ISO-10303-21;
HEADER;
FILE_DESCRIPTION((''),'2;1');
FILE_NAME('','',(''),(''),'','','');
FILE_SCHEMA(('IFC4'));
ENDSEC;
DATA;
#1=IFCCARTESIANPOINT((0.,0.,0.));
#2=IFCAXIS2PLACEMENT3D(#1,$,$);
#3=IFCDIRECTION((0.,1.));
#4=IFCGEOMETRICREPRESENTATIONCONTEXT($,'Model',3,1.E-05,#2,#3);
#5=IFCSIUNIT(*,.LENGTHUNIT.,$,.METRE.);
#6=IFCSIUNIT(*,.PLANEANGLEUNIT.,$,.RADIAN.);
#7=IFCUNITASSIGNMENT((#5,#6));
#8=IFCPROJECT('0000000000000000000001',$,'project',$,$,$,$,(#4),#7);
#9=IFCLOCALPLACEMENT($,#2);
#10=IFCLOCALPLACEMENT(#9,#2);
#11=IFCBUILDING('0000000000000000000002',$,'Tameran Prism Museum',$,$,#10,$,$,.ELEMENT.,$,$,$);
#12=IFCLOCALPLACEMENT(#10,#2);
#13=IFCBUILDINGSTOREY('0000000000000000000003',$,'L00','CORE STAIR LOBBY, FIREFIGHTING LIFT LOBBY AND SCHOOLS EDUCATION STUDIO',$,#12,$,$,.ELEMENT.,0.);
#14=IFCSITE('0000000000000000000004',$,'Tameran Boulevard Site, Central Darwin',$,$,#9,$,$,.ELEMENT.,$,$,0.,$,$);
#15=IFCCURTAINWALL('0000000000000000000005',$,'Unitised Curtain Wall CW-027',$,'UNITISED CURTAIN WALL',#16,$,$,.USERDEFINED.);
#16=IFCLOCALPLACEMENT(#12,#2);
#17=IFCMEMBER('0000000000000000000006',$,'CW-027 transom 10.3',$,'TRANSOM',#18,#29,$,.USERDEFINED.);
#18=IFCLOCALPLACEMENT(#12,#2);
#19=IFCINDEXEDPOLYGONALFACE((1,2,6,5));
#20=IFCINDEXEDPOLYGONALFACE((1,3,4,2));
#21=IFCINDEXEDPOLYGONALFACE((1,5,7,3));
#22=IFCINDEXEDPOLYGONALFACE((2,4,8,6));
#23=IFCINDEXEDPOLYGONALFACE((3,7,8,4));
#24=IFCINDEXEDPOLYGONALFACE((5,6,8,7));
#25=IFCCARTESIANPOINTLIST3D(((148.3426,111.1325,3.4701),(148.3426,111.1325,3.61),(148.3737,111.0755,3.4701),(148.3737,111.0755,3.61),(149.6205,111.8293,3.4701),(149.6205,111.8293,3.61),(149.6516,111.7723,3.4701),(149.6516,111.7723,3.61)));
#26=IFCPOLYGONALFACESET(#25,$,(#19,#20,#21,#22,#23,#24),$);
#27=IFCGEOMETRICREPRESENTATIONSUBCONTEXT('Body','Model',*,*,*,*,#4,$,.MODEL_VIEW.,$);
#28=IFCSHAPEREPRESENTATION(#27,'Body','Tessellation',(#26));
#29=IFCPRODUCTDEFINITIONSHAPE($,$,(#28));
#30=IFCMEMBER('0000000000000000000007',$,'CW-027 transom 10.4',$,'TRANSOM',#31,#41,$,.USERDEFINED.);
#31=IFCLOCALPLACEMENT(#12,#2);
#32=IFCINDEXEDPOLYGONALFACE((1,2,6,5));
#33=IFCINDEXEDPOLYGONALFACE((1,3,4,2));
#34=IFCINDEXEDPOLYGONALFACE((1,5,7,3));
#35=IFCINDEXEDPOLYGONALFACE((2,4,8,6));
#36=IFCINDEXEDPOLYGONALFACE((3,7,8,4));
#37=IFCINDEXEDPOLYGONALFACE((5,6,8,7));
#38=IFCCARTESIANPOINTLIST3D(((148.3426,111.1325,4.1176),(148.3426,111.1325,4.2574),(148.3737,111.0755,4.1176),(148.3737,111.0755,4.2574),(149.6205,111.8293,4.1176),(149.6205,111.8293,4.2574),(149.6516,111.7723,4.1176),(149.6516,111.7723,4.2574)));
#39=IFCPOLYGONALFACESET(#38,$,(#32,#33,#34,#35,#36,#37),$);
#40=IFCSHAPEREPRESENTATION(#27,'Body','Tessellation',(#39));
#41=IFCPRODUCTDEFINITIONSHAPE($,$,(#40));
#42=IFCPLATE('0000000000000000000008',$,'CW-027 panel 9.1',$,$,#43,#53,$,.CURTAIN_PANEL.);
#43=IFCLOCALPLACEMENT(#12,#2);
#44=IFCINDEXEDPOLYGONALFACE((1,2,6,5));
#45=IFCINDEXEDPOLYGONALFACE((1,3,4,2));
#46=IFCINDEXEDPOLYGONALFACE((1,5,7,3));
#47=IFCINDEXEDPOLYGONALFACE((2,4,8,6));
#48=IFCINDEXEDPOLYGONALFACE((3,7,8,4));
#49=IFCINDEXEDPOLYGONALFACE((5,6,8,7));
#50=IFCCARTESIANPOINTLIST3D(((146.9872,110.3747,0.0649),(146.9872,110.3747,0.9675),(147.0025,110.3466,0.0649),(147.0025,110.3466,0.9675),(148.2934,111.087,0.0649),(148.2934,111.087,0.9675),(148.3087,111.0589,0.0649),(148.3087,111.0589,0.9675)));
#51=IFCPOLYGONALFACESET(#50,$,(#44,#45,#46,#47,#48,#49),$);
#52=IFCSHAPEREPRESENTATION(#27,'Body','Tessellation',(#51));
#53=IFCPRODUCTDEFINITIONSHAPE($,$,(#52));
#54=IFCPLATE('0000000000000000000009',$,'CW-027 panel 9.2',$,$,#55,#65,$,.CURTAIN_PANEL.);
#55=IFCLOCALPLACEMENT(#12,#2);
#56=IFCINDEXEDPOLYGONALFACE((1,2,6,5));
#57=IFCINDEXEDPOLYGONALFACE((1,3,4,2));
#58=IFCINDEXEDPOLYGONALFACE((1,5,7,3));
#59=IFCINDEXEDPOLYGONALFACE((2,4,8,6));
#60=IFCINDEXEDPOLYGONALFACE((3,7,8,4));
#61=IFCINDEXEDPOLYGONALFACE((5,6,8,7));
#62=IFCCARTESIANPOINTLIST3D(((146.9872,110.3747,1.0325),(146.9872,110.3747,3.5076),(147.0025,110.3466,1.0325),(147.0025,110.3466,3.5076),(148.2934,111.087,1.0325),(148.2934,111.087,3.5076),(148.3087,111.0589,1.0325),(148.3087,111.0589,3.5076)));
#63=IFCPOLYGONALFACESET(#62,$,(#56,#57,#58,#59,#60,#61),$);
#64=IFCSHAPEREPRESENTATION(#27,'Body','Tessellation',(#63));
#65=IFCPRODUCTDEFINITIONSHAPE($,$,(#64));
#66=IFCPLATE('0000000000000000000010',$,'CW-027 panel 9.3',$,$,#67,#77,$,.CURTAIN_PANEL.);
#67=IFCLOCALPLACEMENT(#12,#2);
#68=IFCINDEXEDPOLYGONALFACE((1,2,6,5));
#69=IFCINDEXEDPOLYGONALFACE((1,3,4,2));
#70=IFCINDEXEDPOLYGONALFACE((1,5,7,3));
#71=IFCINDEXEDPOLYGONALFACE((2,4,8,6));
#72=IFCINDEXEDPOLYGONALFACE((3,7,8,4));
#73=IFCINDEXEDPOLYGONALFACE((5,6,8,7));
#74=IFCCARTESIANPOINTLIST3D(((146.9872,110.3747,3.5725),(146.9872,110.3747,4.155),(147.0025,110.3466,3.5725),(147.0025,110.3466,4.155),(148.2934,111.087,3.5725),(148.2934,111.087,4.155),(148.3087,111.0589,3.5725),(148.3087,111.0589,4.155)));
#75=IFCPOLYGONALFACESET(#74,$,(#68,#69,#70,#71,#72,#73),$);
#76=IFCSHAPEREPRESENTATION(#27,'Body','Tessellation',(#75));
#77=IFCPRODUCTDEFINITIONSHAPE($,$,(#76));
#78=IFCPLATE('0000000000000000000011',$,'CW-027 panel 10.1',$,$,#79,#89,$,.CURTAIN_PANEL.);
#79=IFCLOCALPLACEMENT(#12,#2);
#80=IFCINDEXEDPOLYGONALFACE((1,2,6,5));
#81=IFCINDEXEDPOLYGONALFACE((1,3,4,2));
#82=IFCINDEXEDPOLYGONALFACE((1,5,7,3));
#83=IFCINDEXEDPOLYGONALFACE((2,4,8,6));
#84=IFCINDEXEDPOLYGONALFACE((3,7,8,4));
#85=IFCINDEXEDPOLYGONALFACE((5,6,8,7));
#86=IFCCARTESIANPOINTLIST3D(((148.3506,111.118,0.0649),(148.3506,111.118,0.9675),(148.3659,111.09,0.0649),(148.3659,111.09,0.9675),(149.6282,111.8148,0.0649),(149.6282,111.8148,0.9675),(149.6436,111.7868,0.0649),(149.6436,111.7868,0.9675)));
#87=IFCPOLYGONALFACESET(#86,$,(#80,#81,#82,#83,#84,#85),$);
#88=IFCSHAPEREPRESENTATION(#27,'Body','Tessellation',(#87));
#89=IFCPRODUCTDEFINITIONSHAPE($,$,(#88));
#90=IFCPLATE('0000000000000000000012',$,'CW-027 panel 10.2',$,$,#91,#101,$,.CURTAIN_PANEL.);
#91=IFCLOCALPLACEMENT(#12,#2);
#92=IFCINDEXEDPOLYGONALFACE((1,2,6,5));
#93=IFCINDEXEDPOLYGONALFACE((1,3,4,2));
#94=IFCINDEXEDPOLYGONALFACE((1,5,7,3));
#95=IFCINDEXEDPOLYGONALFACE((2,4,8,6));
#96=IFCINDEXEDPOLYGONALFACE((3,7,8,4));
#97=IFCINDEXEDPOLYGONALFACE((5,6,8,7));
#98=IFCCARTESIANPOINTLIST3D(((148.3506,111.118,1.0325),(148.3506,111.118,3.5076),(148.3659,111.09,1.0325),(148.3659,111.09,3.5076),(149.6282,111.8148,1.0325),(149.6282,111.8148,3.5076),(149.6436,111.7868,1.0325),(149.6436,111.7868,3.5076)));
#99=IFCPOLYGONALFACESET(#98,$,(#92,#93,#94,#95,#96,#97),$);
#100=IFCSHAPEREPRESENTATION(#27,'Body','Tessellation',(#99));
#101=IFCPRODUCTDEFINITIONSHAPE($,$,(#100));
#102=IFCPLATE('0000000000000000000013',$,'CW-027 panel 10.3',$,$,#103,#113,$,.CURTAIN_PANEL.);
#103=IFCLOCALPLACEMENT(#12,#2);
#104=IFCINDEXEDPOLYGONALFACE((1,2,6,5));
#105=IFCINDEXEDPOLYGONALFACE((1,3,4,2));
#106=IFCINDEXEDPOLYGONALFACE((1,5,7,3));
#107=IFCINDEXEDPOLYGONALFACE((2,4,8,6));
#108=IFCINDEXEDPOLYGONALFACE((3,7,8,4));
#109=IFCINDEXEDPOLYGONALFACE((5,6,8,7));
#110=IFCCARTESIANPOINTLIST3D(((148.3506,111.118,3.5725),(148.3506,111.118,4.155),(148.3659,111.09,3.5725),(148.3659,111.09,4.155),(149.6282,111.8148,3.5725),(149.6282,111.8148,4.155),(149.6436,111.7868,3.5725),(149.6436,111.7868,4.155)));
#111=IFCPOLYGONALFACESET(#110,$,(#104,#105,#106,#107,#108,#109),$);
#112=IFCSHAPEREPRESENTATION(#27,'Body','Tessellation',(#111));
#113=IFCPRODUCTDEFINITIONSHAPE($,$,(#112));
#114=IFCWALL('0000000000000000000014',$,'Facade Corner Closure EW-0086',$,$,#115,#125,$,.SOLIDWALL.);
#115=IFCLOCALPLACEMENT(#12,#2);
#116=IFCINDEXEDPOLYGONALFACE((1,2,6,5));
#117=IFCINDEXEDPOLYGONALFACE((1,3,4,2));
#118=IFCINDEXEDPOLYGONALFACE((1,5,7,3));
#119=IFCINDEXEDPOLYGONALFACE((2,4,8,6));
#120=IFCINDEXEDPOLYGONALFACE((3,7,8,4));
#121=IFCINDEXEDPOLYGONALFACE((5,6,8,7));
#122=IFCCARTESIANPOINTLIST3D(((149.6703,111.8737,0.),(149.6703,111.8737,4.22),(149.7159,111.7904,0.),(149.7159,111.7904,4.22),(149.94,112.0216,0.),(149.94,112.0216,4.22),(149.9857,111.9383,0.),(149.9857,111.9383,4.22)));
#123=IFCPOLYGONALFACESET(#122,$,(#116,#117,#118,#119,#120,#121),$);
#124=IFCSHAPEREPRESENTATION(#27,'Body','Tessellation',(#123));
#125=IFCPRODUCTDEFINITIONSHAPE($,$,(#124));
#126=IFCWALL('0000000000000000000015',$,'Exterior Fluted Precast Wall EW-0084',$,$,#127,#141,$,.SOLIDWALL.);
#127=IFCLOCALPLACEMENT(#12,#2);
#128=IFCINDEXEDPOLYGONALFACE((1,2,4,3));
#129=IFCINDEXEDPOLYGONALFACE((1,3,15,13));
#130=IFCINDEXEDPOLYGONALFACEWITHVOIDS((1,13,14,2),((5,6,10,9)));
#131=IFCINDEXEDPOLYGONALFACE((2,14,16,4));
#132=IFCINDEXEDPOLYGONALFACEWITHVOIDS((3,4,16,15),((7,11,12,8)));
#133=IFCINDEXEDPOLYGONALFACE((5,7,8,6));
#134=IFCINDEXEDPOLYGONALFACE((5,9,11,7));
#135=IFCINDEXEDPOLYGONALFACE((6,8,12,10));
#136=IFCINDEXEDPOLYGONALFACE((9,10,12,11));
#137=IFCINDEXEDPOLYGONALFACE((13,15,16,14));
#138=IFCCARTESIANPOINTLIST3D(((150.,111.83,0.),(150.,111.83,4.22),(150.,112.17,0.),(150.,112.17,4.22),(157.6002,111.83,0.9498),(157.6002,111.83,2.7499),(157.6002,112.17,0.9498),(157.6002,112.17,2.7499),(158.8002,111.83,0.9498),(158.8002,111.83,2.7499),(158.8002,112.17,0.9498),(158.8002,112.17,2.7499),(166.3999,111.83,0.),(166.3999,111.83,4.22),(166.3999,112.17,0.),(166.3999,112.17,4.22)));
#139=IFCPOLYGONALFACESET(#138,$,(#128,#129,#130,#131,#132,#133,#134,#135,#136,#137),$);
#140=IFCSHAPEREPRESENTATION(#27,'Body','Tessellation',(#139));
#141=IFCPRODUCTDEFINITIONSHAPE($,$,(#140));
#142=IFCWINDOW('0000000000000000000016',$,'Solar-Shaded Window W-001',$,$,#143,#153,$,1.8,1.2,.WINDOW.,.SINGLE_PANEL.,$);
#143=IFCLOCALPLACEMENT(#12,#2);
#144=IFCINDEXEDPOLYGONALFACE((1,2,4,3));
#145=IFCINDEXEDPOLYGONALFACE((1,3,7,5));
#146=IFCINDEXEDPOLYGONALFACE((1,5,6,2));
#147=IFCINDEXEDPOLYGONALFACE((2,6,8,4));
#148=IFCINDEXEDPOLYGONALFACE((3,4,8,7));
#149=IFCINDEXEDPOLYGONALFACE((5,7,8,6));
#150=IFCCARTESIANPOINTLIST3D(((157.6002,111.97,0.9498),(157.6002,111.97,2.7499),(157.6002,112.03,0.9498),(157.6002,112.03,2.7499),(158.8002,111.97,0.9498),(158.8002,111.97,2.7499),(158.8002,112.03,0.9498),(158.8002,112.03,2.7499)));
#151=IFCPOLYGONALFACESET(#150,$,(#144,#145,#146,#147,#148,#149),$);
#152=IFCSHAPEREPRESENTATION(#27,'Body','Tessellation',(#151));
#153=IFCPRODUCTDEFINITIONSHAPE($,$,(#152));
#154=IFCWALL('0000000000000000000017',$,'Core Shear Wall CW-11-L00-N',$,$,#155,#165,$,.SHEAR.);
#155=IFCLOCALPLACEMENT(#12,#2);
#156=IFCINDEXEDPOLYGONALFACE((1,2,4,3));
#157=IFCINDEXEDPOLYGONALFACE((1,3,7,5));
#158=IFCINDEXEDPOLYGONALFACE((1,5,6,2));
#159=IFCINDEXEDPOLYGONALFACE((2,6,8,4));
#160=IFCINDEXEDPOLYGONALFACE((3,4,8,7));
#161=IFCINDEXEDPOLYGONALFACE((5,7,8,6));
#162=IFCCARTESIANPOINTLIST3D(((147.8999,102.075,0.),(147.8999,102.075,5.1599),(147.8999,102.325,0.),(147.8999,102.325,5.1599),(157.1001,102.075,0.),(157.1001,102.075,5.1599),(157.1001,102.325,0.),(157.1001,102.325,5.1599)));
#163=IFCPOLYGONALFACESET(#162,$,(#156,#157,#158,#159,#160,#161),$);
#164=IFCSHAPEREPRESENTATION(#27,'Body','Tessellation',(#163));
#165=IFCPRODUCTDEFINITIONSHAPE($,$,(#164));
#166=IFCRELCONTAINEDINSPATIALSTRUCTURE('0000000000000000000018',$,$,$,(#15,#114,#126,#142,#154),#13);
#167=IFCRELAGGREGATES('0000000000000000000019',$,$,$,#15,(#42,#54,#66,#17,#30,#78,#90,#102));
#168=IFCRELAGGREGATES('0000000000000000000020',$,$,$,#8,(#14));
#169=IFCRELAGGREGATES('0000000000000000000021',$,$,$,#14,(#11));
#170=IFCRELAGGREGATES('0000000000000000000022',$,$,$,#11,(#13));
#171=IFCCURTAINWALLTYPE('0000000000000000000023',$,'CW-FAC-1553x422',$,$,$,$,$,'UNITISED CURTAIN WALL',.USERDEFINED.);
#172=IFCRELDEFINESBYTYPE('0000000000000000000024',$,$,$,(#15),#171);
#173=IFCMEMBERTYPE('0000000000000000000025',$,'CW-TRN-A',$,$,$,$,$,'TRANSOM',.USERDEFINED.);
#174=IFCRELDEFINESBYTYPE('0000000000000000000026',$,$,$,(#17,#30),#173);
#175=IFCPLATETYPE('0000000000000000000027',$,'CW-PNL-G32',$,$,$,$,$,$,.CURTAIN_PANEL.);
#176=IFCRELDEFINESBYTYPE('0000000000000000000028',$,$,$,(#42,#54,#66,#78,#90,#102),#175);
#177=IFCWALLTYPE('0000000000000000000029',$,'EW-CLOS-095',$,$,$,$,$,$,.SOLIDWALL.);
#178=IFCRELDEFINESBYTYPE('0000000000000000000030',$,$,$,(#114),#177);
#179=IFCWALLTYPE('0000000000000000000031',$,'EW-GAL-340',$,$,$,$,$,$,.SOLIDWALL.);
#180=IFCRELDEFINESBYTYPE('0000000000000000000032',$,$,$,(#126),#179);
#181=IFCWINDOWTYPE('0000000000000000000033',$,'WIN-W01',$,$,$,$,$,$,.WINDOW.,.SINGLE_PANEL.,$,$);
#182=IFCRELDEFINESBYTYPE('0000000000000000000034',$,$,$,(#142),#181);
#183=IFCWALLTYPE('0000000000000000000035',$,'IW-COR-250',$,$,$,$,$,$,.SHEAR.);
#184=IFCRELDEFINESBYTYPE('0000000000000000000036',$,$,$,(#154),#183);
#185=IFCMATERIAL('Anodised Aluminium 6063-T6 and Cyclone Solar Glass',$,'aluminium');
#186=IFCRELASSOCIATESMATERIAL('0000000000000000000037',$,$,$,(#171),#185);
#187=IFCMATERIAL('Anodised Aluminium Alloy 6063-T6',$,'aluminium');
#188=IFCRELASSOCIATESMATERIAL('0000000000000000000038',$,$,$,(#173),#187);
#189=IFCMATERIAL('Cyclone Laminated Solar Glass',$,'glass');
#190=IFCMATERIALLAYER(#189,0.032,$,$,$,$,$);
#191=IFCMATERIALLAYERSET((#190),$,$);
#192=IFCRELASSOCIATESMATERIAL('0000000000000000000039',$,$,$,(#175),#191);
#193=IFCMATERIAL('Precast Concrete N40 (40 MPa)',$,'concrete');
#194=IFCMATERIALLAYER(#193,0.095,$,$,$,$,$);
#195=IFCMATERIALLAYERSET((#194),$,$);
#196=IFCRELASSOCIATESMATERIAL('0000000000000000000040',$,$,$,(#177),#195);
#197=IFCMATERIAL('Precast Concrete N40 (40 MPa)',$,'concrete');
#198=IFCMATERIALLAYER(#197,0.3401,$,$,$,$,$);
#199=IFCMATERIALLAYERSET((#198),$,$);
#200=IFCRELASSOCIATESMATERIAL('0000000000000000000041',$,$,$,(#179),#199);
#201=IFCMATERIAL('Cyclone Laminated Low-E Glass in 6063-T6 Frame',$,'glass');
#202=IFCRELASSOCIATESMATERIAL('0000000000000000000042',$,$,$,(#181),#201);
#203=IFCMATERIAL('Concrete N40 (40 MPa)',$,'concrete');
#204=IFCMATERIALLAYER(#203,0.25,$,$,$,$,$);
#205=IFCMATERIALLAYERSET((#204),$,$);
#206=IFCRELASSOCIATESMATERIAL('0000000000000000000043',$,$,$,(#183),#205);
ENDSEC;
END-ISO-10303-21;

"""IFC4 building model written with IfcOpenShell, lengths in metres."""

from ifc_helpers import new_model, si_unit, direction, frame, frame_2d, origin, origin_2d, place, context, subcontext, project, spatial, rectangle, extrude, material, layer, layer_set, material_profile, profile_set, type_object, element, fill, aggregate, save


model = new_model("IFC4")

# Units and contexts
model_context = context("Model", 3, precision=1e-05, world=origin(), true_north=direction((0.0, 1.0)))
body_context = subcontext(model_context, "Body", "Model", "MODEL_VIEW")
ifc_project = project(units=[si_unit("LENGTHUNIT", "METRE"), si_unit("PLANEANGLEUNIT", "RADIAN")], contexts=[model_context])

# Site, building, storey
site_placement = place(None, origin())
site = spatial("IfcSite", under=ifc_project, at=site_placement, Name="Tameran Boulevard Site, Central Darwin", CompositionType="ELEMENT", RefElevation=0.0)
building_placement = place(site_placement, origin())
building = spatial("IfcBuilding", under=site, at=building_placement, Name="Tameran Prism Museum", CompositionType="ELEMENT")
storey_placement = place(building_placement, origin())
storey = spatial("IfcBuildingStorey", under=building, at=storey_placement, Name="L00", Description="CORE STAIR LOBBY, FIREFIGHTING LIFT LOBBY AND SCHOOLS EDUCATION STUDIO", CompositionType="ELEMENT", Elevation=0.0)

# Curtain wall, members, plates
ifc_material_1 = material(Name="Anodised Aluminium 6063-T6 and Cyclone Solar Glass", Category="aluminium")
curtain_wall_type = type_object("IfcCurtainWallType", Name="CW-FAC-1553x422", ElementType="UNITISED CURTAIN WALL", PredefinedType="USERDEFINED", material=ifc_material_1)
curtain_wall_placement = place(storey_placement, origin())
curtain_wall = element("IfcCurtainWall", 1, at=curtain_wall_placement, inside=storey, type_object=curtain_wall_type, Name="Unitised Curtain Wall CW-027", ObjectType="UNITISED CURTAIN WALL", PredefinedType="USERDEFINED")
ifc_material_2 = material(Name="Anodised Aluminium Alloy 6063-T6", Category="aluminium")
ifc_material_profile_1 = material_profile(ifc_material_2, rectangle(XDim=0.0649, YDim=0.1399, at=origin_2d()))
ifc_profile_set_1 = profile_set([ifc_material_profile_1])
member_type_1 = type_object("IfcMemberType", Name="CW-TRN-A", ElementType="TRANSOM", PredefinedType="USERDEFINED", material=ifc_profile_set_1)
member_1_placement = place(storey_placement, frame((148.3582, 111.104, 3.54), z_axis=(0.87796, 0.478735, 0.0), x_axis=(-0.478735, 0.87796, 0.0)))
member_1 = element("IfcMember", 2, at=member_1_placement, type_object=member_type_1, Name="CW-027 transom 10.3", ObjectType="TRANSOM", PredefinedType="USERDEFINED", context=body_context, shape_type="SweptSolid", body=[
    extrude(rectangle(XDim=0.0649, YDim=0.1399, at=origin_2d()), origin(), (0.0, 0.0, 1.0), 1.4556),
])
member_2_placement = place(storey_placement, frame((148.3582, 111.104, 4.1875), z_axis=(0.87796, 0.478735, 0.0), x_axis=(-0.478735, 0.87796, 0.0)))
member_2 = element("IfcMember", 3, at=member_2_placement, type_object=member_type_1, Name="CW-027 transom 10.4", ObjectType="TRANSOM", PredefinedType="USERDEFINED", context=body_context, shape_type="SweptSolid", body=[
    extrude(rectangle(XDim=0.0649, YDim=0.1399, at=origin_2d()), origin(), (0.0, 0.0, 1.0), 1.4556),
])
ifc_material_3 = material(Name="Cyclone Laminated Solar Glass", Category="glass")
ifc_layer_1 = layer(ifc_material_3, 0.032)
ifc_layer_set_1 = layer_set([ifc_layer_1])
plate_type = type_object("IfcPlateType", Name="CW-PNL-G32", PredefinedType="CURTAIN_PANEL", material=ifc_layer_set_1)
plate_1_placement = place(storey_placement, frame((147.6479, 110.7168, 0.0649), z_axis=(0.0, 0.0, 1.0), x_axis=(0.877928, 0.478793, 0.0)))
plate_1 = element("IfcPlate", 4, at=plate_1_placement, type_object=plate_type, Name="CW-027 panel 9.1", PredefinedType="CURTAIN_PANEL", context=body_context, shape_type="SweptSolid", body=[
    extrude(rectangle(XDim=1.4878, YDim=0.032, at=origin_2d()), origin(), (0.0, 0.0, 1.0), 0.9026),
])
plate_2_placement = place(storey_placement, frame((147.6479, 110.7168, 1.0325), z_axis=(0.0, 0.0, 1.0), x_axis=(0.877928, 0.478793, 0.0)))
plate_2 = element("IfcPlate", 5, at=plate_2_placement, type_object=plate_type, Name="CW-027 panel 9.2", PredefinedType="CURTAIN_PANEL", context=body_context, shape_type="SweptSolid", body=[
    extrude(rectangle(XDim=1.4878, YDim=0.032, at=origin_2d()), origin(), (0.0, 0.0, 1.0), 2.4751),
])
plate_3_placement = place(storey_placement, frame((147.6479, 110.7168, 3.5725), z_axis=(0.0, 0.0, 1.0), x_axis=(0.877928, 0.478793, 0.0)))
plate_3 = element("IfcPlate", 6, at=plate_3_placement, type_object=plate_type, Name="CW-027 panel 9.3", PredefinedType="CURTAIN_PANEL", context=body_context, shape_type="SweptSolid", body=[
    extrude(rectangle(XDim=1.4878, YDim=0.032, at=origin_2d()), origin(), (0.0, 0.0, 1.0), 0.5825),
])
plate_4_placement = place(storey_placement, frame((148.9971, 111.4524, 0.0649), z_axis=(0.0, 0.0, 1.0), x_axis=(0.877928, 0.478793, 0.0)))
plate_4 = element("IfcPlate", 7, at=plate_4_placement, type_object=plate_type, Name="CW-027 panel 10.1", PredefinedType="CURTAIN_PANEL", context=body_context, shape_type="SweptSolid", body=[
    extrude(rectangle(XDim=1.4553, YDim=0.032, at=origin_2d()), origin(), (0.0, 0.0, 1.0), 0.9026),
])
plate_5_placement = place(storey_placement, frame((148.9971, 111.4524, 1.0325), z_axis=(0.0, 0.0, 1.0), x_axis=(0.877928, 0.478793, 0.0)))
plate_5 = element("IfcPlate", 8, at=plate_5_placement, type_object=plate_type, Name="CW-027 panel 10.2", PredefinedType="CURTAIN_PANEL", context=body_context, shape_type="SweptSolid", body=[
    extrude(rectangle(XDim=1.4553, YDim=0.032, at=origin_2d()), origin(), (0.0, 0.0, 1.0), 2.4751),
])
plate_6_placement = place(storey_placement, frame((148.9971, 111.4524, 3.5725), z_axis=(0.0, 0.0, 1.0), x_axis=(0.877928, 0.478793, 0.0)))
plate_6 = element("IfcPlate", 9, at=plate_6_placement, type_object=plate_type, Name="CW-027 panel 10.3", PredefinedType="CURTAIN_PANEL", context=body_context, shape_type="SweptSolid", body=[
    extrude(rectangle(XDim=1.4553, YDim=0.032, at=origin_2d()), origin(), (0.0, 0.0, 1.0), 0.5825),
])
aggregate(curtain_wall, [plate_1, plate_2, plate_3, member_1, member_2, plate_4, plate_5, plate_6])

# Wall
ifc_material_4 = material(Name="Precast Concrete N40 (40 MPa)", Category="concrete")
ifc_layer_2 = layer(ifc_material_4, 0.095)
ifc_layer_set_2 = layer_set([ifc_layer_2])
wall_type_1 = type_object("IfcWallType", Name="EW-CLOS-095", PredefinedType="SOLIDWALL", material=ifc_layer_set_2)
wall_1_placement = place(storey_placement, frame((149.6931, 111.832, 0.0), z_axis=(0.0, 0.0, 1.0), x_axis=(0.876802, 0.480852, 0.0)))
element("IfcWall", 10, at=wall_1_placement, inside=storey, type_object=wall_type_1, Name="Facade Corner Closure EW-0086", PredefinedType="SOLIDWALL", context=body_context, shape_type="SweptSolid", body=[
    extrude(rectangle(XDim=0.3076, YDim=0.095, at=frame_2d((0.1538, 0.0))), origin(), (0.0, 0.0, 1.0), 4.22),
])

# Wall, opening, window
ifc_material_5 = material(Name="Precast Concrete N40 (40 MPa)", Category="concrete")
ifc_layer_3 = layer(ifc_material_5, 0.3401)
ifc_layer_set_3 = layer_set([ifc_layer_3])
wall_type_2 = type_object("IfcWallType", Name="EW-GAL-340", PredefinedType="SOLIDWALL", material=ifc_layer_set_3)
wall_2_placement = place(storey_placement, frame((150.0, 112.0, 0.0), z_axis=(0.0, 0.0, 1.0), x_axis=(1.0, 0.0, 0.0)))
wall_2 = element("IfcWall", 11, at=wall_2_placement, inside=storey, type_object=wall_type_2, Name="Exterior Fluted Precast Wall EW-0084", PredefinedType="SOLIDWALL", context=body_context, shape_type="SweptSolid", body=[
    extrude(rectangle(XDim=16.3999, YDim=0.3401, at=frame_2d((8.2, 0.0))), origin(), (0.0, 0.0, 1.0), 4.22),
])
opening_1_placement = place(wall_2_placement, frame((7.6001, 0.0, 0.95)))
opening_1 = element("IfcOpeningElement", 12, at=opening_1_placement, cuts=wall_2, PredefinedType="OPENING", context=body_context, shape_type="SweptSolid", body=[
    extrude(rectangle(XDim=1.2, YDim=1.8, at=frame_2d((0.6001, 0.8999))), frame((0.0, 0.1799, 0.0), z_axis=(0.0, -1.0, 0.0), x_axis=(1.0, 0.0, 0.0)), (0.0, 0.0, 1.0), 0.3601),
])
ifc_material_6 = material(Name="Cyclone Laminated Low-E Glass in 6063-T6 Frame", Category="glass")
window_type = type_object("IfcWindowType", Name="WIN-W01", PartitioningType="SINGLE_PANEL", PredefinedType="WINDOW", material=ifc_material_6)
window_placement = place(opening_1_placement, origin())
window = element("IfcWindow", 13, at=window_placement, inside=storey, type_object=window_type, Name="Solar-Shaded Window W-001", OverallHeight=1.8, OverallWidth=1.2, PartitioningType="SINGLE_PANEL", PredefinedType="WINDOW", context=body_context, shape_type="SweptSolid", body=[
    extrude(rectangle(XDim=1.2, YDim=1.8, at=frame_2d((0.6001, 0.8999))), frame((0.0, 0.03, 0.0), z_axis=(0.0, -1.0, 0.0), x_axis=(1.0, 0.0, 0.0)), (0.0, 0.0, 1.0), 0.0601),
])
fill(opening_1, window)

# Wall
ifc_material_7 = material(Name="Concrete N40 (40 MPa)", Category="concrete")
ifc_layer_4 = layer(ifc_material_7, 0.25)
ifc_layer_set_4 = layer_set([ifc_layer_4])
wall_type_3 = type_object("IfcWallType", Name="IW-COR-250", PredefinedType="SHEAR", material=ifc_layer_set_4)
wall_3_placement = place(storey_placement, frame((147.8999, 102.2, 0.0), z_axis=(0.0, 0.0, 1.0), x_axis=(1.0, 0.0, 0.0)))
element("IfcWall", 14, at=wall_3_placement, inside=storey, type_object=wall_type_3, Name="Core Shear Wall CW-11-L00-N", PredefinedType="SHEAR", context=body_context, shape_type="SweptSolid", body=[
    extrude(rectangle(XDim=9.2002, YDim=0.25, at=frame_2d((4.6001, 0.0))), origin(), (0.0, 0.0, 1.0), 5.1599),
])

save(model, "model.ifc")
